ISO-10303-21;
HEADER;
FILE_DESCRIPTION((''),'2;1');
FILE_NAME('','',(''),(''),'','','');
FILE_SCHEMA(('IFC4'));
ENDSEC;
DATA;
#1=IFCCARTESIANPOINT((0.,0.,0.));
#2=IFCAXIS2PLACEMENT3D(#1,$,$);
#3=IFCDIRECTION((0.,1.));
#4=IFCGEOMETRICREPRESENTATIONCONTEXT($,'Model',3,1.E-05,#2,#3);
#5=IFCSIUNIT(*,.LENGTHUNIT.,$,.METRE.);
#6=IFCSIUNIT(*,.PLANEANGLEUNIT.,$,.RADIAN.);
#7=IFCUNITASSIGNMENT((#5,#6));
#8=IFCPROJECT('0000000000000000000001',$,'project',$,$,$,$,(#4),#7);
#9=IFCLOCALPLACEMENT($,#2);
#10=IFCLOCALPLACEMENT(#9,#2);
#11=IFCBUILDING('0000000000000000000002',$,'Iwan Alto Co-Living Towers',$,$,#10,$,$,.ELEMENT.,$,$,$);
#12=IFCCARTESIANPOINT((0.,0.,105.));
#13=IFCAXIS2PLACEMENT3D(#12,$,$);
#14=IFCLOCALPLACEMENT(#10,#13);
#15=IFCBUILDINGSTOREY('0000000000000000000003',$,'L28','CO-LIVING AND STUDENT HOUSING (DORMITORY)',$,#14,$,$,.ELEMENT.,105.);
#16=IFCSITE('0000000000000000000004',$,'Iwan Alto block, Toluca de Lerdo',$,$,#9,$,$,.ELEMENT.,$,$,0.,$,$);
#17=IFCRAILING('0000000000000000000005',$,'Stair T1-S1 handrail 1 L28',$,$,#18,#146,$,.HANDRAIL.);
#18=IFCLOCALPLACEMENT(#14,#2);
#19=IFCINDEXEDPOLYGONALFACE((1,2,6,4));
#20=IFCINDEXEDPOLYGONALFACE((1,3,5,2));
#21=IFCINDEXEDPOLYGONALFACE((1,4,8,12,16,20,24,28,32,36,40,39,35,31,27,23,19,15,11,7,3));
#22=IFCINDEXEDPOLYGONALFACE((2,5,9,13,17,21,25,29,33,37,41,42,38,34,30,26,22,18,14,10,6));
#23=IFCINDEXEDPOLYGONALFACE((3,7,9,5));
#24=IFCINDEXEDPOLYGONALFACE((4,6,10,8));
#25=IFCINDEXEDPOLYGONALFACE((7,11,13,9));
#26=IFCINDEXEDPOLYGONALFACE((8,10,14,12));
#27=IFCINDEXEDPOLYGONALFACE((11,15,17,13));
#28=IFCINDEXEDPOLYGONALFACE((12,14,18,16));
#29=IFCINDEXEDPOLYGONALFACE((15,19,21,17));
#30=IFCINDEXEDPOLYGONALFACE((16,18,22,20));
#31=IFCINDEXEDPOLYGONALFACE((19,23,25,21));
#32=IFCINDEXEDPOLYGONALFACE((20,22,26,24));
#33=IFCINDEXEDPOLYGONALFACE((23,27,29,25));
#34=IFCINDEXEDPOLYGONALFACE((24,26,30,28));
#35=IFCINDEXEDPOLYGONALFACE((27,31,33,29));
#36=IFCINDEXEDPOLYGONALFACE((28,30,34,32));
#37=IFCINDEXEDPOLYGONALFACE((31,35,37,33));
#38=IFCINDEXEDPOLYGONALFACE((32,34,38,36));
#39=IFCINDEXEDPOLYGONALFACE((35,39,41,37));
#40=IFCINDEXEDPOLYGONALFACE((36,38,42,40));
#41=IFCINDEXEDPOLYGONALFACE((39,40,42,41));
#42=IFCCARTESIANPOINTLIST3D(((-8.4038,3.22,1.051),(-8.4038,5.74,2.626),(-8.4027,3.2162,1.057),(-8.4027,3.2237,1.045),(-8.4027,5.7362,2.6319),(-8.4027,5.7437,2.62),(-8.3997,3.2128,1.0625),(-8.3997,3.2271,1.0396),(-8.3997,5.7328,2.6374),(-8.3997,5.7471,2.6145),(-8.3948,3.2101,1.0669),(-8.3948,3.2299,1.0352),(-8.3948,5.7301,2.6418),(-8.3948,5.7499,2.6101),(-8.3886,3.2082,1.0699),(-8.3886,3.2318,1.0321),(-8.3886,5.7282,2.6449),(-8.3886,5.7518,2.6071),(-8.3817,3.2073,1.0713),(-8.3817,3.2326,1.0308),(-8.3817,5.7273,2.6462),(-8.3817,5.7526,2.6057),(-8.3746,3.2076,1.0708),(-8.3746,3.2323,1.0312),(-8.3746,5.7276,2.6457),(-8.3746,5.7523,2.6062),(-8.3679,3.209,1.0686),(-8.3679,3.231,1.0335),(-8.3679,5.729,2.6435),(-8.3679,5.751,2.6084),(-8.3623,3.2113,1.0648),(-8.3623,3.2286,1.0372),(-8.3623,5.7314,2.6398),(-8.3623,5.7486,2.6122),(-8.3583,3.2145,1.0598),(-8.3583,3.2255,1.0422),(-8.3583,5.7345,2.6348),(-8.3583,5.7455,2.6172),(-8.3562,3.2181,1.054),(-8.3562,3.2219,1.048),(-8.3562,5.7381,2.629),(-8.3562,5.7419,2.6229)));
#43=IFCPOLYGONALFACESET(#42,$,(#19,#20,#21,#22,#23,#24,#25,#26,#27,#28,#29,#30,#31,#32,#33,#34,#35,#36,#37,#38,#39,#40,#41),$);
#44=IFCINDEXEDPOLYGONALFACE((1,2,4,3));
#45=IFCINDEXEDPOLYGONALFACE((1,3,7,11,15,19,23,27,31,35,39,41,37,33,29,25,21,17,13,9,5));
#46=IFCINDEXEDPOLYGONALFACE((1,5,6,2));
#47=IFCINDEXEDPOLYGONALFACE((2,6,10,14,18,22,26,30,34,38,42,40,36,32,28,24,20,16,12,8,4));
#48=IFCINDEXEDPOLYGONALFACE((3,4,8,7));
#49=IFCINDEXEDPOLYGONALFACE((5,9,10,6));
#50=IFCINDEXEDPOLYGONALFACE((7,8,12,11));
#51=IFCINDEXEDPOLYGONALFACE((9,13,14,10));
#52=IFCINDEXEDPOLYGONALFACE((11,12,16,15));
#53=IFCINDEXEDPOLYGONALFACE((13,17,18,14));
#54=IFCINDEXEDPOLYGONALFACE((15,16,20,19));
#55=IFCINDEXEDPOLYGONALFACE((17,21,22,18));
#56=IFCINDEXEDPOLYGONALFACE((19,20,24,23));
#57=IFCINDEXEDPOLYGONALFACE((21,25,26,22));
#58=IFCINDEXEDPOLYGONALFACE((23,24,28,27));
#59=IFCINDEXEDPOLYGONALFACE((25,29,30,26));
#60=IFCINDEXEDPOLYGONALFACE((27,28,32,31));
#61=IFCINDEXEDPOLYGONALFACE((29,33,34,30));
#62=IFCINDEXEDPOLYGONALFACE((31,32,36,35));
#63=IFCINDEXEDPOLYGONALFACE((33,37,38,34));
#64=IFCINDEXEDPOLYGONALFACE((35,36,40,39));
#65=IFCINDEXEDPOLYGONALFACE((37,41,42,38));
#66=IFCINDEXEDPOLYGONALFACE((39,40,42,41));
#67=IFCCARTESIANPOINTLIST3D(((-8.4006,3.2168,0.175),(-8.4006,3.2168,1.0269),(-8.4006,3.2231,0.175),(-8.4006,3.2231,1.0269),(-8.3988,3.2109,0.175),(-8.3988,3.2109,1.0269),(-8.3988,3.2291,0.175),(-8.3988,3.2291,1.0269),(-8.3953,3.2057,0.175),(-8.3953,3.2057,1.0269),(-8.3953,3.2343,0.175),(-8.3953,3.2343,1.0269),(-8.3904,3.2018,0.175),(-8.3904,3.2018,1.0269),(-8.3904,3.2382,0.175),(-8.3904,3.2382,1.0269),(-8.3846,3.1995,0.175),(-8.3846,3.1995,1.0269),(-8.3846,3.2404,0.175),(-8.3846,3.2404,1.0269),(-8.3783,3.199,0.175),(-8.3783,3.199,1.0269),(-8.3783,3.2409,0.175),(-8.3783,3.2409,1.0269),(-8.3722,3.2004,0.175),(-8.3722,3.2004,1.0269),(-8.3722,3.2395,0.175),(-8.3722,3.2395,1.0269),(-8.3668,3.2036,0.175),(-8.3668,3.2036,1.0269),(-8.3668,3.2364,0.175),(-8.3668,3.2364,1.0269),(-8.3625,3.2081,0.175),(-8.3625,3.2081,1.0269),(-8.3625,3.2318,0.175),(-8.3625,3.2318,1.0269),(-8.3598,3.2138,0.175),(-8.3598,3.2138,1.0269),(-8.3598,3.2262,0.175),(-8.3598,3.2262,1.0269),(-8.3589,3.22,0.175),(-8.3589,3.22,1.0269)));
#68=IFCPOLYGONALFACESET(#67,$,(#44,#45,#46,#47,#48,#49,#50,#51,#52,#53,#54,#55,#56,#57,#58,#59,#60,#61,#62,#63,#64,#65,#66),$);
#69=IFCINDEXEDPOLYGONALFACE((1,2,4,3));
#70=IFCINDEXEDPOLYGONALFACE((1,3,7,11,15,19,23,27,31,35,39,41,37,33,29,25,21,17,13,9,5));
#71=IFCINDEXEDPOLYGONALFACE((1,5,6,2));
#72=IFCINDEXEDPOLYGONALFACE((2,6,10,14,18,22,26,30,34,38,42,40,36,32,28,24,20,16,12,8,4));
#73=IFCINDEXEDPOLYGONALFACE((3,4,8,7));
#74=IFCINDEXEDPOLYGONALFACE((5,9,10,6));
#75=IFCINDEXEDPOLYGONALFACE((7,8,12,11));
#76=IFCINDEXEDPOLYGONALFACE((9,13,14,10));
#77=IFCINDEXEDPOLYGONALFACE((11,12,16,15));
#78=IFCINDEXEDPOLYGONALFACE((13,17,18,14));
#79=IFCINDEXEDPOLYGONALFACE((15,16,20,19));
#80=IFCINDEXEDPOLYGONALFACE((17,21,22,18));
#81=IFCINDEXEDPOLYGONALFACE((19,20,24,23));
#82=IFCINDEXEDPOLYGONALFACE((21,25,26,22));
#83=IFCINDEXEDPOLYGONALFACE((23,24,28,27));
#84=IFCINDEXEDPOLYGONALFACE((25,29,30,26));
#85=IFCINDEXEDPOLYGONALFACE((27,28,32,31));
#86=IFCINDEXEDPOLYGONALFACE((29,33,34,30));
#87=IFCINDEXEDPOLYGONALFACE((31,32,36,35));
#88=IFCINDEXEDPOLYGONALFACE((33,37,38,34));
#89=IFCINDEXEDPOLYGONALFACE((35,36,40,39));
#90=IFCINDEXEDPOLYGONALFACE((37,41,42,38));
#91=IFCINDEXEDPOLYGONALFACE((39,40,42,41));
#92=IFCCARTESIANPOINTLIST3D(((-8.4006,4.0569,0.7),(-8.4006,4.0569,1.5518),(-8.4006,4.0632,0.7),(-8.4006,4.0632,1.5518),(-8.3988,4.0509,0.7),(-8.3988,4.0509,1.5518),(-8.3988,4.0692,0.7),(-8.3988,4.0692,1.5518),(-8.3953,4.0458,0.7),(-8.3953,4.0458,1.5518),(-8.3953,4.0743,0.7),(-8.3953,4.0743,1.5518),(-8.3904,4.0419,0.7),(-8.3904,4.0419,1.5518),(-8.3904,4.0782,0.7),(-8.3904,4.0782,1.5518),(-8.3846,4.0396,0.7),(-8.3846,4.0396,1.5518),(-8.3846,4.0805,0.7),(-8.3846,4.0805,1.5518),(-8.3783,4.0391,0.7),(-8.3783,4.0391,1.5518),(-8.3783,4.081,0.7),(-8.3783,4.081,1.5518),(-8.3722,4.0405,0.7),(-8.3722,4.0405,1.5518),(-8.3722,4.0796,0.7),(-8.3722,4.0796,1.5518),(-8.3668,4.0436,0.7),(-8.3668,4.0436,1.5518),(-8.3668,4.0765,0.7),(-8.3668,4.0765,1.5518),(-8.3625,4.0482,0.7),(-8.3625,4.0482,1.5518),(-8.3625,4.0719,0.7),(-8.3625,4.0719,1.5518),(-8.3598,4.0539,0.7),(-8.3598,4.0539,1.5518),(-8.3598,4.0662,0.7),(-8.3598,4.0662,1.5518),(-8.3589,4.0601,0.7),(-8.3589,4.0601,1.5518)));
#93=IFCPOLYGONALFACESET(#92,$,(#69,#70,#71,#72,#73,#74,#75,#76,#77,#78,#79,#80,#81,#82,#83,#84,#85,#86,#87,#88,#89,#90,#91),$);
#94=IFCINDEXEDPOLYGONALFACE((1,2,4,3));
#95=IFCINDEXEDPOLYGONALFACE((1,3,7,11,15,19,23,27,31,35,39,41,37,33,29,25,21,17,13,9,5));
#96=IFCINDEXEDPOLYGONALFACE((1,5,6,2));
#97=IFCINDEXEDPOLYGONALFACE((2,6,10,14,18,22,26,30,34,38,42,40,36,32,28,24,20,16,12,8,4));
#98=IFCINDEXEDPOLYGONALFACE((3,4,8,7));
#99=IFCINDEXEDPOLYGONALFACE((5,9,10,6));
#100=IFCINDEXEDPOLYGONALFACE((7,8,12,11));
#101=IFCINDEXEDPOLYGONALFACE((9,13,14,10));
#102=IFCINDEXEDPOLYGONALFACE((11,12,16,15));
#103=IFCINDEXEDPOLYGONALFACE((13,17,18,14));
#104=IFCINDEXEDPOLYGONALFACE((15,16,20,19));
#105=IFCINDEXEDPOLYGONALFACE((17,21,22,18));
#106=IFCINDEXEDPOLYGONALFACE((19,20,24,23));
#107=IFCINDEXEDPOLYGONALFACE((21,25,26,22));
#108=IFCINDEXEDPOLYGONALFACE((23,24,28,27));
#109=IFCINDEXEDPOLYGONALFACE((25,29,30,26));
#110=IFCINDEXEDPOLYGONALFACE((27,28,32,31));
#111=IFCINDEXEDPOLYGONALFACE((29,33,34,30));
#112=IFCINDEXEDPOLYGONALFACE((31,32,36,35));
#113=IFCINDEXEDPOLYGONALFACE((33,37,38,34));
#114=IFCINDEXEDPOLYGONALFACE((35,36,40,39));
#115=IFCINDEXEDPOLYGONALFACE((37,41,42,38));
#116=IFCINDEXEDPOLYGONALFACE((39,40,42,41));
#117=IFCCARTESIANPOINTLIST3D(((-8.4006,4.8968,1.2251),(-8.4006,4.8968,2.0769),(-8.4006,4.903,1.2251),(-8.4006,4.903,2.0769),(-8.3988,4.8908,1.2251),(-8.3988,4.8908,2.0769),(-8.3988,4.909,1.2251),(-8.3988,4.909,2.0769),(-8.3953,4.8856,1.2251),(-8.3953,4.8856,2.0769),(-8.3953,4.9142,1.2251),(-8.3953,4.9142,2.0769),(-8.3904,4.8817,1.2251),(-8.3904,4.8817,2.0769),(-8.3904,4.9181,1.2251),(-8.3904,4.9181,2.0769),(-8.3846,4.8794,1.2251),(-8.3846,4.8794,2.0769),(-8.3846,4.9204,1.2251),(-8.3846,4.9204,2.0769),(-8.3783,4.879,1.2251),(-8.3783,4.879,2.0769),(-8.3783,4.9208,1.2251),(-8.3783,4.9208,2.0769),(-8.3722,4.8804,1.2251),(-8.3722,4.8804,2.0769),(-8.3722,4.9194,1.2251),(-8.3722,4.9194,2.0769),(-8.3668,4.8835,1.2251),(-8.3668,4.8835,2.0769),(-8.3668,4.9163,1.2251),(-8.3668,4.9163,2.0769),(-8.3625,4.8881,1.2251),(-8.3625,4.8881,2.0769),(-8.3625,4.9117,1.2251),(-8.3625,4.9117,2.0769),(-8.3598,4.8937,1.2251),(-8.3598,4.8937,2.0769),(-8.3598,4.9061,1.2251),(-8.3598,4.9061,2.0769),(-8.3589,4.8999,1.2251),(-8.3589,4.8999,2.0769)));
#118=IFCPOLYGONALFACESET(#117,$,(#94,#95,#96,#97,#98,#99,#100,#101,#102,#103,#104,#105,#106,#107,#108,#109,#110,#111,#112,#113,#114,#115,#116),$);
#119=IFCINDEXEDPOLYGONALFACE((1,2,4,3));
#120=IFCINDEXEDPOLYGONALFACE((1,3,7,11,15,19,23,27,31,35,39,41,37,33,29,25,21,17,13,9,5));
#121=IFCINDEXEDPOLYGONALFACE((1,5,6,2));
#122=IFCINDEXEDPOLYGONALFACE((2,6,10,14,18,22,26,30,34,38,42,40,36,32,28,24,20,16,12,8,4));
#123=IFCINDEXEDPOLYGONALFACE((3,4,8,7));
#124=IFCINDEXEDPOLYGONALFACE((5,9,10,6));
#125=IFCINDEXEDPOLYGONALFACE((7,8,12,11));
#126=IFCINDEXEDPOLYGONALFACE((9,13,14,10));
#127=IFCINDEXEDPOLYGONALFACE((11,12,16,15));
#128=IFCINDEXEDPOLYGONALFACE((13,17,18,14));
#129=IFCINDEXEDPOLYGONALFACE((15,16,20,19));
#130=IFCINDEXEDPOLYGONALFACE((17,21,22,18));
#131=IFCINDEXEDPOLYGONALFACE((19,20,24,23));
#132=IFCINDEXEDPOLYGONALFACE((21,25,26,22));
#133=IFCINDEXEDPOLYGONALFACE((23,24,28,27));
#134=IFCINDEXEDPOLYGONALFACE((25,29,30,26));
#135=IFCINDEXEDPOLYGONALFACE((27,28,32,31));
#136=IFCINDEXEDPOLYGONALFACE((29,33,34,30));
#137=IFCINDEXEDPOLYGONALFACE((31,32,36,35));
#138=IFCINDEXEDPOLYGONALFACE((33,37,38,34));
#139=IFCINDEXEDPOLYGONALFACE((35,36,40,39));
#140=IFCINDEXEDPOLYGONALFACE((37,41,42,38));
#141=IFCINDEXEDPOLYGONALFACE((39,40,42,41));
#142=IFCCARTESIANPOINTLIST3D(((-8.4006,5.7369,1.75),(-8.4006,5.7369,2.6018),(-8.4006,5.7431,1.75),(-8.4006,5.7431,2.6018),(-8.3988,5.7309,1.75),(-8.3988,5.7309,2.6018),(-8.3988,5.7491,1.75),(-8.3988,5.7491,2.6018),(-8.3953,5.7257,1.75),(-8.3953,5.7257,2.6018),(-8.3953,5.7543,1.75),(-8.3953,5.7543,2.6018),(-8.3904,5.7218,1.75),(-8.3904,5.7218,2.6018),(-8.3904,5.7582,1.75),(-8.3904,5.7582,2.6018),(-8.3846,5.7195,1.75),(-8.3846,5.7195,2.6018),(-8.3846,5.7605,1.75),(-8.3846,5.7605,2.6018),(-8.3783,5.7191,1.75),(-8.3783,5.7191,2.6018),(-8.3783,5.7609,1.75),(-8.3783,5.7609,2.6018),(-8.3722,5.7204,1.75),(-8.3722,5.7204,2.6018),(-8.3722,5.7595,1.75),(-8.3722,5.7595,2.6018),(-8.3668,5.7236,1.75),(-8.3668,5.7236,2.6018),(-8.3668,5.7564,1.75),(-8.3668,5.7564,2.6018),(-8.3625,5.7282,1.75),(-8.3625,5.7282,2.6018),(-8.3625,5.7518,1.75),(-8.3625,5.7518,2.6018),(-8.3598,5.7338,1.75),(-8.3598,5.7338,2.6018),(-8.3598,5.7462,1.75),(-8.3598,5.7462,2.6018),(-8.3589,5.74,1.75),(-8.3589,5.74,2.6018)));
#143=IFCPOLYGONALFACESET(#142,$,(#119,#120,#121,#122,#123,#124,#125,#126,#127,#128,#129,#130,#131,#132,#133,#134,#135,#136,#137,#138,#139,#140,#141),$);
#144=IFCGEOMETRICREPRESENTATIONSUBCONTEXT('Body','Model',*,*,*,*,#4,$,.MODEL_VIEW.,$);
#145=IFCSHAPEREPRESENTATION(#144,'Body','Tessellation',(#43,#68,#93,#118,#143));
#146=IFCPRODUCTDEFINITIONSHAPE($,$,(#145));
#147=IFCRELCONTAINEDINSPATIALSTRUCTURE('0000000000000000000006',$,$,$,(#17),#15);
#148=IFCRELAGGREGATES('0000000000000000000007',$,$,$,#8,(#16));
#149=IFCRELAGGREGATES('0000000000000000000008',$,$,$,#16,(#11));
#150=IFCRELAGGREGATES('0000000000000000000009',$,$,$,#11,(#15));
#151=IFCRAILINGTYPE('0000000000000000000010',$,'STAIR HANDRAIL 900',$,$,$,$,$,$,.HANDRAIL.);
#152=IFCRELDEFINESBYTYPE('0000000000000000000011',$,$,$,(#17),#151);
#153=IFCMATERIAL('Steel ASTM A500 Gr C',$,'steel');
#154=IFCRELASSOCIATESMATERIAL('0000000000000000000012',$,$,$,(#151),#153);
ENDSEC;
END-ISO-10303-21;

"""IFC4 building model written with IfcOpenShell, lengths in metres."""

from ifc_helpers import new_model, si_unit, direction, frame, origin, origin_2d, place, context, subcontext, project, spatial, circle, extrude, material, type_object, element, save


model = new_model("IFC4")

# Units and contexts
model_context = context("Model", 3, precision=1e-05, world=origin(), true_north=direction((0.0, 1.0)))
body_context = subcontext(model_context, "Body", "Model", "MODEL_VIEW")
ifc_project = project(units=[si_unit("LENGTHUNIT", "METRE"), si_unit("PLANEANGLEUNIT", "RADIAN")], contexts=[model_context])

# Site, building, storey
site_placement = place(None, origin())
site = spatial("IfcSite", under=ifc_project, at=site_placement, Name="Iwan Alto block, Toluca de Lerdo", CompositionType="ELEMENT", RefElevation=0.0)
building_placement = place(site_placement, origin())
building = spatial("IfcBuilding", under=site, at=building_placement, Name="Iwan Alto Co-Living Towers", CompositionType="ELEMENT")
storey_placement = place(building_placement, frame((0.0, 0.0, 105.0)))
storey = spatial("IfcBuildingStorey", under=building, at=storey_placement, Name="L28", Description="CO-LIVING AND STUDENT HOUSING (DORMITORY)", CompositionType="ELEMENT", Elevation=105.0)

# Railing
ifc_material_1 = material(Name="Steel ASTM A500 Gr C", Category="steel")
railing_type_1 = type_object("IfcRailingType", Name="STAIR HANDRAIL 900", PredefinedType="HANDRAIL", material=ifc_material_1)
railing_1_placement = place(storey_placement, frame((-8.3799, 3.22, 0.175)))
element("IfcRailing", 1, at=railing_1_placement, inside=storey, type_object=railing_type_1, Name="Stair T1-S1 handrail 1 L28", PredefinedType="HANDRAIL", context=body_context, shape_type="SweptSolid", body=[
    extrude(circle(Radius=0.0239, at=origin_2d()), frame((0.0, 0.0, 0.876), z_axis=(0.0, 0.848008, 0.529984), x_axis=(-1.0, 0.0, 0.0)), (0.0, 0.0, 1.0), 2.9717),
    extrude(circle(Radius=0.021, at=origin_2d()), origin(), (0.0, 0.0, 1.0), 0.8518),
    extrude(circle(Radius=0.021, at=origin_2d()), frame((0.0, 0.8401, 0.5249)), (0.0, 0.0, 1.0), 0.8518),
    extrude(circle(Radius=0.021, at=origin_2d()), frame((0.0, 1.6799, 1.05)), (0.0, 0.0, 1.0), 0.8518),
    extrude(circle(Radius=0.021, at=origin_2d()), frame((0.0, 2.52, 1.575)), (0.0, 0.0, 1.0), 0.8518),
])

save(model, "model.ifc")
